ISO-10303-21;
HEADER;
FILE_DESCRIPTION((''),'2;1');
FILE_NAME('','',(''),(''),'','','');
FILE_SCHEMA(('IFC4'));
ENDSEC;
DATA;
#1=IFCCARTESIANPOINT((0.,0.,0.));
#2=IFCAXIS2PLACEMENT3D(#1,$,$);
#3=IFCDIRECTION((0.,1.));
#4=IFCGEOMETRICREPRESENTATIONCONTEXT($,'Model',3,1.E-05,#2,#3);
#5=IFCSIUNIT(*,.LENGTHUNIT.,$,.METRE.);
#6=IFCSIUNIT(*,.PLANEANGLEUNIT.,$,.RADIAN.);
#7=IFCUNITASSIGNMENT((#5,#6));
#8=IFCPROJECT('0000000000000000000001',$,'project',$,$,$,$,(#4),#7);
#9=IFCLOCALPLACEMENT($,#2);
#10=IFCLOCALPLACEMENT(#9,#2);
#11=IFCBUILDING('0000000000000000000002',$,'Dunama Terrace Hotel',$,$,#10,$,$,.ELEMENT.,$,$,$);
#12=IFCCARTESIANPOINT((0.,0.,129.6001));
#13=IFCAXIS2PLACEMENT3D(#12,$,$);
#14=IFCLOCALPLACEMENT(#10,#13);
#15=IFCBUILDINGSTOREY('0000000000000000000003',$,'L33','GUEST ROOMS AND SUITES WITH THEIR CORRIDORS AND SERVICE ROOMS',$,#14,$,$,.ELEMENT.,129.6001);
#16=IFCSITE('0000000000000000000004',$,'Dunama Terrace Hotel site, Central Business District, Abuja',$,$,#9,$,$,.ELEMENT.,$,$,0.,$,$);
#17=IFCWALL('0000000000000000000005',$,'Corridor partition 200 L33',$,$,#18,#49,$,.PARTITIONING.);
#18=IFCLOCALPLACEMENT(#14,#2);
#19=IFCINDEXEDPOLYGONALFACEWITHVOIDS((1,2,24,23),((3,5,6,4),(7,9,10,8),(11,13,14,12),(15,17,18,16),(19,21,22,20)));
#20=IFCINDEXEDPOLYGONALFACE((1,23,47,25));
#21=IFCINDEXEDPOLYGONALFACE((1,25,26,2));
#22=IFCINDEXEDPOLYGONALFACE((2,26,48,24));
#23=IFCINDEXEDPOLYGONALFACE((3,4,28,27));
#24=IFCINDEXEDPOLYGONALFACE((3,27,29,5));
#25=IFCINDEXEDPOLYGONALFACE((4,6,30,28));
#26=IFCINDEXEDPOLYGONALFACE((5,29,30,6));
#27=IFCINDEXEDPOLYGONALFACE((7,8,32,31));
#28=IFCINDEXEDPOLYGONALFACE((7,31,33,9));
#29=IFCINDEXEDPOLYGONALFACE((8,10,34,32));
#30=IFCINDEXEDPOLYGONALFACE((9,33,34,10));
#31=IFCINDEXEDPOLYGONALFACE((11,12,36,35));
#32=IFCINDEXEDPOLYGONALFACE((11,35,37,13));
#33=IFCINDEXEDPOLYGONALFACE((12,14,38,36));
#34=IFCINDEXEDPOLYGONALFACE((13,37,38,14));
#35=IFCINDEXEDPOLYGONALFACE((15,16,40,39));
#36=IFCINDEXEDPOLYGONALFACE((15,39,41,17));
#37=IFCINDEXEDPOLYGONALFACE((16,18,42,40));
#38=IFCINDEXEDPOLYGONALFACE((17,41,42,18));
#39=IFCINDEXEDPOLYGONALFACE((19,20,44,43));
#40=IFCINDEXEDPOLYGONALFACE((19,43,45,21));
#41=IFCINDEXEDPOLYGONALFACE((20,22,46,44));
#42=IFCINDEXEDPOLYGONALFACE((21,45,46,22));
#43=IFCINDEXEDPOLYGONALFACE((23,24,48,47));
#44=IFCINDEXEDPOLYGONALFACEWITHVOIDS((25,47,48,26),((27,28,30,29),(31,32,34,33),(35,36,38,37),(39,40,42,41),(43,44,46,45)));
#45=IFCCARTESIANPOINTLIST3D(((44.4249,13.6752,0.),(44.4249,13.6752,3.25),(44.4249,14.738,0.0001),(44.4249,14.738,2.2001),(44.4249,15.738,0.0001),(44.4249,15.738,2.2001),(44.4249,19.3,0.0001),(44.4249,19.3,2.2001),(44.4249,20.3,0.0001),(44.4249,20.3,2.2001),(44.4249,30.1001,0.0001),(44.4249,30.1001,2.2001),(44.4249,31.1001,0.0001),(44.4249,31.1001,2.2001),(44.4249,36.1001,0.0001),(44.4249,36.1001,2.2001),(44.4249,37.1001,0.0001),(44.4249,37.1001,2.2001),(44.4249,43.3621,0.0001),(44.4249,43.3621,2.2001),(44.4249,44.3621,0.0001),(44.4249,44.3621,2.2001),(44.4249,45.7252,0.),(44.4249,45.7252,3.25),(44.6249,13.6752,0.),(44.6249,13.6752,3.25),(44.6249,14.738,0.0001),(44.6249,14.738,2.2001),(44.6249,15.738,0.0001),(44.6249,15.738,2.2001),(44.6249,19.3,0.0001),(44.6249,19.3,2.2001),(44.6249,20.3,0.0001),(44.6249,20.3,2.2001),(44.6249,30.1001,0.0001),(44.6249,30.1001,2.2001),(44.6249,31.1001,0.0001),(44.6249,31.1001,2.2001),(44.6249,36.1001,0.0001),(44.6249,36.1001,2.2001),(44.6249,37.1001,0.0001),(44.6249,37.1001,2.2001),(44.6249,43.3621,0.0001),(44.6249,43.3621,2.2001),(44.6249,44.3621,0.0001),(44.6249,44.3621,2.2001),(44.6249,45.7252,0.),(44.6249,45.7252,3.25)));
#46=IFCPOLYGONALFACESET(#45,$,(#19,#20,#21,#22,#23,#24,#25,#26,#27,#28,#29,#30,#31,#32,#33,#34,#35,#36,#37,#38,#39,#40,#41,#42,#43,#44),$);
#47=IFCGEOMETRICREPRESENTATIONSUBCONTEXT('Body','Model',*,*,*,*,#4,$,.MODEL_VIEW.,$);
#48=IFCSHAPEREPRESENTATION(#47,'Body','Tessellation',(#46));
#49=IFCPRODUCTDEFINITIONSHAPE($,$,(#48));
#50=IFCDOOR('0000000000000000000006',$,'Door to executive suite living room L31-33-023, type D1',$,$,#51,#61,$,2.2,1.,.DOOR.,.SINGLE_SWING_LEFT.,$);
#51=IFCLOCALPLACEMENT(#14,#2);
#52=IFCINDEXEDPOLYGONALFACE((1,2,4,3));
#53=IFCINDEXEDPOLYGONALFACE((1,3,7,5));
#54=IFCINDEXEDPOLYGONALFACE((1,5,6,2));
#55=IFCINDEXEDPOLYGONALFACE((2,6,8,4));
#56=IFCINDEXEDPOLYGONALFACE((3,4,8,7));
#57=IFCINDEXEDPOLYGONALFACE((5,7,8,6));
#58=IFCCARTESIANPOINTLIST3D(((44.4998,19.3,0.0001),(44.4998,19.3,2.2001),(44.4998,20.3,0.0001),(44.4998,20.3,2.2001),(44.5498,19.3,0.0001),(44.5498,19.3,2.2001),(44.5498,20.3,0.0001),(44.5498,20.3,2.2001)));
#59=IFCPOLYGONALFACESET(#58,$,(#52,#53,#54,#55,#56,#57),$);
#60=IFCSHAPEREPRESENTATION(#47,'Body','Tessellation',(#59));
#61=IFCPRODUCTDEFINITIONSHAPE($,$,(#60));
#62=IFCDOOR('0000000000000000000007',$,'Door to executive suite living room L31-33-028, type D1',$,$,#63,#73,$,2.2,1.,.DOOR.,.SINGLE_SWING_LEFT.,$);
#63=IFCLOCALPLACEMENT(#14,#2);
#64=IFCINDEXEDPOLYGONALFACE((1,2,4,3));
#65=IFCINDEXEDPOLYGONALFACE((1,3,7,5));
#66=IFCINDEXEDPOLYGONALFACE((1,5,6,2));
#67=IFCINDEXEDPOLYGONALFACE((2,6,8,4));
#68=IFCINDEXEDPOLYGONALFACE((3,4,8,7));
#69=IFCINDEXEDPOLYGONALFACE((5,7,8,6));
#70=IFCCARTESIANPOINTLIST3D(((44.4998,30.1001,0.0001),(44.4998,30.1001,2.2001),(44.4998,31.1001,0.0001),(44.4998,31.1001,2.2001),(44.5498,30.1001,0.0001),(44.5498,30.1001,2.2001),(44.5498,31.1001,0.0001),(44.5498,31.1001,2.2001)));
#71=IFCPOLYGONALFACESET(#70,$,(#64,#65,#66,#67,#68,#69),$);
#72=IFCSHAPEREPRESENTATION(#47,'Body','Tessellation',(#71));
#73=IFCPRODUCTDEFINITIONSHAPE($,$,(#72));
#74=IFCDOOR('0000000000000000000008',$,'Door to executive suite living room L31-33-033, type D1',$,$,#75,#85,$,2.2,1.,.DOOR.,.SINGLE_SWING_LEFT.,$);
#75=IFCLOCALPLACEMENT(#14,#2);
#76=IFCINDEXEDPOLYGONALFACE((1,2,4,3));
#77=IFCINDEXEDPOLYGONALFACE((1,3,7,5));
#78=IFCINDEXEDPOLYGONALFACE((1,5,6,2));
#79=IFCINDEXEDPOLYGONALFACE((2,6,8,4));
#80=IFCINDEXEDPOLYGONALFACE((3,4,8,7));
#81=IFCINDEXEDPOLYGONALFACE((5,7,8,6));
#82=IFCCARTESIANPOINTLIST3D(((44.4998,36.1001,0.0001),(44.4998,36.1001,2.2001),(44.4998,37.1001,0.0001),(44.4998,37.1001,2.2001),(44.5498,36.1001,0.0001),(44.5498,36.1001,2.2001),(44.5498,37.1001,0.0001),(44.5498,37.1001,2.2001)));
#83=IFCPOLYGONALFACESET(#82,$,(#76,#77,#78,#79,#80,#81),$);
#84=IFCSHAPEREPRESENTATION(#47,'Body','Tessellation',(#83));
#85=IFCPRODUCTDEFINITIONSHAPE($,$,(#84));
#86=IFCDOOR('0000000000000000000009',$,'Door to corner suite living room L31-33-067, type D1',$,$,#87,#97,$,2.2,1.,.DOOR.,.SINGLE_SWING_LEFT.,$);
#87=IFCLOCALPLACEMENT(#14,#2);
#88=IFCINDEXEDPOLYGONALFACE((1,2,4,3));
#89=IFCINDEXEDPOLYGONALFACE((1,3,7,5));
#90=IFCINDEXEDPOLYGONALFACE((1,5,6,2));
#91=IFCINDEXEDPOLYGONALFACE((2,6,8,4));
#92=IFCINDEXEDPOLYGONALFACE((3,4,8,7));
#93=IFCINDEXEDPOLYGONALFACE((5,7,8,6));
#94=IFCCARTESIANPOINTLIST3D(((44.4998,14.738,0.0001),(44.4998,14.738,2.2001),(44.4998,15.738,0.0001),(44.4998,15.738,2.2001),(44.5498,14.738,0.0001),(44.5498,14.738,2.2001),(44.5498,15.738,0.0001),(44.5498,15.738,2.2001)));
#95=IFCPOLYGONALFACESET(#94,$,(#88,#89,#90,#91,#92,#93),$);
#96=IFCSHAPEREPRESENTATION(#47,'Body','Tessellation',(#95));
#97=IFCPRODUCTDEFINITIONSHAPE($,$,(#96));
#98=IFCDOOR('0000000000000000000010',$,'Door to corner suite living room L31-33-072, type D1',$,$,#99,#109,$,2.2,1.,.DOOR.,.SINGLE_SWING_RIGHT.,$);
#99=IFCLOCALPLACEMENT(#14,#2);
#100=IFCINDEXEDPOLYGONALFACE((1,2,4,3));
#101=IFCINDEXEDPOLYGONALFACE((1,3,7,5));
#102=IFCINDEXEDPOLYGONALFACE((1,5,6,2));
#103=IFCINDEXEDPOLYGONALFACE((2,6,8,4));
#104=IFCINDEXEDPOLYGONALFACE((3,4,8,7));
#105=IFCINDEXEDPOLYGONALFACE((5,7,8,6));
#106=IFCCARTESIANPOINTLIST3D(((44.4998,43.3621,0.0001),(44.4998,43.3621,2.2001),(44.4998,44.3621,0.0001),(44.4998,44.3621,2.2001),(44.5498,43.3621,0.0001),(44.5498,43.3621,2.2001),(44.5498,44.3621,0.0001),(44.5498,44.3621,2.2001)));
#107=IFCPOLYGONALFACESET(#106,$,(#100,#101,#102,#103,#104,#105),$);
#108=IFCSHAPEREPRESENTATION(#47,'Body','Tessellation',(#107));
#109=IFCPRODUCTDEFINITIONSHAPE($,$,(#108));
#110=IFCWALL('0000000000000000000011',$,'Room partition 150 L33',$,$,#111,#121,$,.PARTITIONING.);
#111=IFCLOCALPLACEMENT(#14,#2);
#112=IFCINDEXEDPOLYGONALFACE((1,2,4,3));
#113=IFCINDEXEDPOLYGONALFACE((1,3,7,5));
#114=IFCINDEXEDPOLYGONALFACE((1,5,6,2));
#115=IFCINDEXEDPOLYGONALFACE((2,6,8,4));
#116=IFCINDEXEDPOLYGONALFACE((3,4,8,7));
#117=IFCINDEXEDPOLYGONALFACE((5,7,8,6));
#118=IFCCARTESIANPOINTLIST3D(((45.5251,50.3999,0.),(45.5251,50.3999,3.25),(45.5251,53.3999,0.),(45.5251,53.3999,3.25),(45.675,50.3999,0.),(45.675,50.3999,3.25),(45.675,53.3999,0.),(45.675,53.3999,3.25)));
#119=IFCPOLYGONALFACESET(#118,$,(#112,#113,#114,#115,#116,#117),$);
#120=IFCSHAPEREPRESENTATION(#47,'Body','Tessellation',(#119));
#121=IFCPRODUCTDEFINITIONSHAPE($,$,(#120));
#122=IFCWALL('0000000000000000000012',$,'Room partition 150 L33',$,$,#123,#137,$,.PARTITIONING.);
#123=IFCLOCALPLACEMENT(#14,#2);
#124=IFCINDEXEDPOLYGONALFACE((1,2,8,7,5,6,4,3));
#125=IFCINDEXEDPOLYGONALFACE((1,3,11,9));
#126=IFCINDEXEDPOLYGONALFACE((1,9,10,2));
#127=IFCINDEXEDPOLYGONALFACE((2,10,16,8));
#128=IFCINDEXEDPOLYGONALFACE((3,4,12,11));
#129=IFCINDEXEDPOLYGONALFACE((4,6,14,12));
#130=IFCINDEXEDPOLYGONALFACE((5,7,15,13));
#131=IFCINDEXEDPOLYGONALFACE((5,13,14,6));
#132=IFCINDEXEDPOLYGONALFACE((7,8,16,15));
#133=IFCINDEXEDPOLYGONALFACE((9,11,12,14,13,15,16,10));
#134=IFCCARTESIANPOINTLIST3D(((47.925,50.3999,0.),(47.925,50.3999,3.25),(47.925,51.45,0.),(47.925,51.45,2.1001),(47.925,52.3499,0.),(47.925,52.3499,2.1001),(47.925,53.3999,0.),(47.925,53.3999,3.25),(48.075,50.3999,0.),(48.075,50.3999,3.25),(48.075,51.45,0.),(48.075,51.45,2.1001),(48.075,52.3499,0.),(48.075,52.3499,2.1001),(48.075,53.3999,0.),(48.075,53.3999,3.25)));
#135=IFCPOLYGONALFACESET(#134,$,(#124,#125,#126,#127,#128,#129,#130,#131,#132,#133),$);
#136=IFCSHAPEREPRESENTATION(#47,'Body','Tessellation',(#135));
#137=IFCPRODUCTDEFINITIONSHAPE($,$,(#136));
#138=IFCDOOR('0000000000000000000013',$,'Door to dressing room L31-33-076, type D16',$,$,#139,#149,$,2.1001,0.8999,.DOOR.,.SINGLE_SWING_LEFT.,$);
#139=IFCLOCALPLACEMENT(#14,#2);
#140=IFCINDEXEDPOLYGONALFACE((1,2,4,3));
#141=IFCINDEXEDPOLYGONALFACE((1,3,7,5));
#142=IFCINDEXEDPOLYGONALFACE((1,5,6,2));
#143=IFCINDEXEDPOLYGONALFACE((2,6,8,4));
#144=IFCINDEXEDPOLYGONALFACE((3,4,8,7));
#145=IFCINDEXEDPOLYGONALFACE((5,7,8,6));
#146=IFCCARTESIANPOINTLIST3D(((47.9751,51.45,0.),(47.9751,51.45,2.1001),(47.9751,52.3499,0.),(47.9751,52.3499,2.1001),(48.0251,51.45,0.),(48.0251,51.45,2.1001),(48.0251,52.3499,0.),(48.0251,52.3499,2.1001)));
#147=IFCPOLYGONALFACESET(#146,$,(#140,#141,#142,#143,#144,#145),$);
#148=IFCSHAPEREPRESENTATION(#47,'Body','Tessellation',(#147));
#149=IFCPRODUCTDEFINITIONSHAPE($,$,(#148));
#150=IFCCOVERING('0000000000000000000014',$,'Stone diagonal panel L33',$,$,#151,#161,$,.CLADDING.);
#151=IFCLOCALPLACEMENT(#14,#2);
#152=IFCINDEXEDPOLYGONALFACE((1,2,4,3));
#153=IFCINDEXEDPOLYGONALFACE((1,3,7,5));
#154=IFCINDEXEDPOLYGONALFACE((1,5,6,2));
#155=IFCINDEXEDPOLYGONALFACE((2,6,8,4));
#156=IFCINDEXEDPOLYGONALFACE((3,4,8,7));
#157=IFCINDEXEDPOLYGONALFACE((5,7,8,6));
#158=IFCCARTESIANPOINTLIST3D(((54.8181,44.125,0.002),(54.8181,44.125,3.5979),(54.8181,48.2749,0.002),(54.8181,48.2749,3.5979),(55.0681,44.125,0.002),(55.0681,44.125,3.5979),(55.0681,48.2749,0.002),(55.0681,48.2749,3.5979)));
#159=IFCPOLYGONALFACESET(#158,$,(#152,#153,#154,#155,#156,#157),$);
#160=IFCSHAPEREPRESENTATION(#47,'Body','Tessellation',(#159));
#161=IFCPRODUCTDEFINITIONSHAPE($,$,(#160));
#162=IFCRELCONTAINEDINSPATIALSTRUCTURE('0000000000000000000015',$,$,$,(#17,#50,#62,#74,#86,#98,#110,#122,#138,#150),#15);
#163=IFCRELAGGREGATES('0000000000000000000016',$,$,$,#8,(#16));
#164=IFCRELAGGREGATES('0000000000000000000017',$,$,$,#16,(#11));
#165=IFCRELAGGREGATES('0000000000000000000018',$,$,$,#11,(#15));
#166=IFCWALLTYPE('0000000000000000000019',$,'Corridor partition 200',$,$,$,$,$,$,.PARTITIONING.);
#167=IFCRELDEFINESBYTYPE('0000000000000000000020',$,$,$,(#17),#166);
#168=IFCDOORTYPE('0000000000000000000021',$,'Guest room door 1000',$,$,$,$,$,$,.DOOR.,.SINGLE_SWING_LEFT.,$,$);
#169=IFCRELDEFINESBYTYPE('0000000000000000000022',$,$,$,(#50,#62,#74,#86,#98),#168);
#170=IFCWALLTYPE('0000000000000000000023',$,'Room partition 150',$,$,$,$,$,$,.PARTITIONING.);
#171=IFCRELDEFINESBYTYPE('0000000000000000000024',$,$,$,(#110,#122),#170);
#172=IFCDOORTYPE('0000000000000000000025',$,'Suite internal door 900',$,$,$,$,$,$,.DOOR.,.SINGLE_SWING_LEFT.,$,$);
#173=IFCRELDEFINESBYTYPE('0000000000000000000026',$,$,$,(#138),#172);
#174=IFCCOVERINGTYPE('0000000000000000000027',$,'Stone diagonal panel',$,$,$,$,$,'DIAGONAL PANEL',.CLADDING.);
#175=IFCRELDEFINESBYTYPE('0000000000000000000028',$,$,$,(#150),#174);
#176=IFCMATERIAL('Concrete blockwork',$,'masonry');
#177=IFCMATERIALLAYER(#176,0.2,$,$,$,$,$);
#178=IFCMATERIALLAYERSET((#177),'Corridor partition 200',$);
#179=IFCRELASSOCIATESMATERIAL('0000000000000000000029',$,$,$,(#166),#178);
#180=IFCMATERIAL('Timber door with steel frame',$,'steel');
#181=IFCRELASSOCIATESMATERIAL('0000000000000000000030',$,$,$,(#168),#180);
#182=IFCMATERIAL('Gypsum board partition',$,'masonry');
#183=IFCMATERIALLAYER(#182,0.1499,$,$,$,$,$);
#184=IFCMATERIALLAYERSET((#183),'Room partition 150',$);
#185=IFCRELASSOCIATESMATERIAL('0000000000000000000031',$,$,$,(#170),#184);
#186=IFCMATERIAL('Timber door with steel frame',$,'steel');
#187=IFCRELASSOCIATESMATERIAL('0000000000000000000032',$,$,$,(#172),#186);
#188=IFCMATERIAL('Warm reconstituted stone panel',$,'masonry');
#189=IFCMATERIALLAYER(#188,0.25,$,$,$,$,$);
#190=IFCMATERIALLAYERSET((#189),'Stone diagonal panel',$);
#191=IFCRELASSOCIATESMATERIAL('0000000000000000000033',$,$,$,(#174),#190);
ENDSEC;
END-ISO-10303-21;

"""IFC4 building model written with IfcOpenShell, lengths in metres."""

from ifc_helpers import new_model, si_unit, direction, frame, frame_2d, origin, origin_2d, place, context, subcontext, project, spatial, rectangle, extrude, material, layer, layer_set, type_object, element, fill, save


model = new_model("IFC4")

# Units and contexts
model_context = context("Model", 3, precision=1e-05, world=origin(), true_north=direction((0.0, 1.0)))
body_context = subcontext(model_context, "Body", "Model", "MODEL_VIEW")
ifc_project = project(units=[si_unit("LENGTHUNIT", "METRE"), si_unit("PLANEANGLEUNIT", "RADIAN")], contexts=[model_context])

# Site, building, storey
site_placement = place(None, origin())
site = spatial("IfcSite", under=ifc_project, at=site_placement, Name="Dunama Terrace Hotel site, Central Business District, Abuja", CompositionType="ELEMENT", RefElevation=0.0)
building_placement = place(site_placement, origin())
building = spatial("IfcBuilding", under=site, at=building_placement, Name="Dunama Terrace Hotel", CompositionType="ELEMENT")
storey_placement = place(building_placement, frame((0.0, 0.0, 129.6001)))
storey = spatial("IfcBuildingStorey", under=building, at=storey_placement, Name="L33", Description="GUEST ROOMS AND SUITES WITH THEIR CORRIDORS AND SERVICE ROOMS", CompositionType="ELEMENT", Elevation=129.6001)

# Wall, openings, doors
ifc_material_1 = material(Name="Concrete blockwork", Category="masonry")
ifc_layer_1 = layer(ifc_material_1, 0.2)
ifc_layer_set_1 = layer_set([ifc_layer_1], Name="Corridor partition 200")
wall_type_1 = type_object("IfcWallType", Name="Corridor partition 200", PredefinedType="PARTITIONING", material=ifc_layer_set_1)
wall_1_placement = place(storey_placement, frame((44.5249, 45.7251, 0.0), z_axis=(0.0, 0.0, 1.0), x_axis=(0.0, -1.0, 0.0)))
wall_1 = element("IfcWall", 1, at=wall_1_placement, inside=storey, type_object=wall_type_1, Name="Corridor partition 200 L33", PredefinedType="PARTITIONING", context=body_context, shape_type="SweptSolid", body=[
    extrude(rectangle(XDim=32.05, YDim=0.2, at=frame_2d((16.0249, 0.0))), origin(), (0.0, 0.0, 1.0), 3.25),
])
opening_1_placement = place(wall_1_placement, frame((25.425, 0.0, 0.0)))
opening_1 = element("IfcOpeningElement", 2, at=opening_1_placement, cuts=wall_1, PredefinedType="OPENING", context=body_context, shape_type="SweptSolid", body=[
    extrude(rectangle(XDim=1.0, YDim=2.2, at=frame_2d((0.5, 1.1001))), frame((0.0, 0.1099, 0.0), z_axis=(0.0, -1.0, 0.0), x_axis=(1.0, 0.0, 0.0)), (0.0, 0.0, 1.0), 0.22),
])
opening_2_placement = place(wall_1_placement, frame((14.625, 0.0, 0.0)))
opening_2 = element("IfcOpeningElement", 3, at=opening_2_placement, cuts=wall_1, PredefinedType="OPENING", context=body_context, shape_type="SweptSolid", body=[
    extrude(rectangle(XDim=1.0, YDim=2.2, at=frame_2d((0.5, 1.1001))), frame((0.0, 0.1099, 0.0), z_axis=(0.0, -1.0, 0.0), x_axis=(1.0, 0.0, 0.0)), (0.0, 0.0, 1.0), 0.22),
])
opening_3_placement = place(wall_1_placement, frame((8.625, 0.0, 0.0)))
opening_3 = element("IfcOpeningElement", 4, at=opening_3_placement, cuts=wall_1, PredefinedType="OPENING", context=body_context, shape_type="SweptSolid", body=[
    extrude(rectangle(XDim=1.0, YDim=2.2, at=frame_2d((0.5, 1.1001))), frame((0.0, 0.1099, 0.0), z_axis=(0.0, -1.0, 0.0), x_axis=(1.0, 0.0, 0.0)), (0.0, 0.0, 1.0), 0.22),
])
opening_4_placement = place(wall_1_placement, frame((29.9871, 0.0, 0.0)))
opening_4 = element("IfcOpeningElement", 5, at=opening_4_placement, cuts=wall_1, PredefinedType="OPENING", context=body_context, shape_type="SweptSolid", body=[
    extrude(rectangle(XDim=1.0, YDim=2.2, at=frame_2d((0.5, 1.1001))), frame((0.0, 0.1099, 0.0), z_axis=(0.0, -1.0, 0.0), x_axis=(1.0, 0.0, 0.0)), (0.0, 0.0, 1.0), 0.22),
])
opening_5_placement = place(wall_1_placement, frame((1.363, 0.0, 0.0)))
opening_5 = element("IfcOpeningElement", 6, at=opening_5_placement, cuts=wall_1, PredefinedType="OPENING", context=body_context, shape_type="SweptSolid", body=[
    extrude(rectangle(XDim=1.0, YDim=2.2, at=frame_2d((0.5, 1.1001))), frame((0.0, 0.1099, 0.0), z_axis=(0.0, -1.0, 0.0), x_axis=(1.0, 0.0, 0.0)), (0.0, 0.0, 1.0), 0.22),
])
ifc_material_2 = material(Name="Timber door with steel frame", Category="steel")
door_type_1 = type_object("IfcDoorType", Name="Guest room door 1000", OperationType="SINGLE_SWING_LEFT", PredefinedType="DOOR", material=ifc_material_2)
door_1_placement = place(opening_1_placement, origin())
door_1 = element("IfcDoor", 7, at=door_1_placement, inside=storey, type_object=door_type_1, Name="Door to executive suite living room L31-33-023, type D1", OperationType="SINGLE_SWING_LEFT", OverallHeight=2.2, OverallWidth=1.0, PredefinedType="DOOR", context=body_context, shape_type="SweptSolid", body=[
    extrude(rectangle(XDim=1.0, YDim=2.2, at=frame_2d((0.5, 1.1001))), frame((0.0, 0.0249, 0.0), z_axis=(0.0, -1.0, 0.0), x_axis=(1.0, 0.0, 0.0)), (0.0, 0.0, 1.0), 0.05),
])
fill(opening_1, door_1)
door_2_placement = place(opening_2_placement, origin())
door_2 = element("IfcDoor", 8, at=door_2_placement, inside=storey, type_object=door_type_1, Name="Door to executive suite living room L31-33-028, type D1", OperationType="SINGLE_SWING_LEFT", OverallHeight=2.2, OverallWidth=1.0, PredefinedType="DOOR", context=body_context, shape_type="SweptSolid", body=[
    extrude(rectangle(XDim=1.0, YDim=2.2, at=frame_2d((0.5, 1.1001))), frame((0.0, 0.0249, 0.0), z_axis=(0.0, -1.0, 0.0), x_axis=(1.0, 0.0, 0.0)), (0.0, 0.0, 1.0), 0.05),
])
fill(opening_2, door_2)
door_3_placement = place(opening_3_placement, origin())
door_3 = element("IfcDoor", 9, at=door_3_placement, inside=storey, type_object=door_type_1, Name="Door to executive suite living room L31-33-033, type D1", OperationType="SINGLE_SWING_LEFT", OverallHeight=2.2, OverallWidth=1.0, PredefinedType="DOOR", context=body_context, shape_type="SweptSolid", body=[
    extrude(rectangle(XDim=1.0, YDim=2.2, at=frame_2d((0.5, 1.1001))), frame((0.0, 0.0249, 0.0), z_axis=(0.0, -1.0, 0.0), x_axis=(1.0, 0.0, 0.0)), (0.0, 0.0, 1.0), 0.05),
])
fill(opening_3, door_3)
door_4_placement = place(opening_4_placement, origin())
door_4 = element("IfcDoor", 10, at=door_4_placement, inside=storey, type_object=door_type_1, Name="Door to corner suite living room L31-33-067, type D1", OperationType="SINGLE_SWING_LEFT", OverallHeight=2.2, OverallWidth=1.0, PredefinedType="DOOR", context=body_context, shape_type="SweptSolid", body=[
    extrude(rectangle(XDim=1.0, YDim=2.2, at=frame_2d((0.5, 1.1001))), frame((0.0, 0.0249, 0.0), z_axis=(0.0, -1.0, 0.0), x_axis=(1.0, 0.0, 0.0)), (0.0, 0.0, 1.0), 0.05),
])
fill(opening_4, door_4)
door_5_placement = place(opening_5_placement, origin())
door_5 = element("IfcDoor", 11, at=door_5_placement, inside=storey, type_object=door_type_1, Name="Door to corner suite living room L31-33-072, type D1", OperationType="SINGLE_SWING_RIGHT", OverallHeight=2.2, OverallWidth=1.0, PredefinedType="DOOR", context=body_context, shape_type="SweptSolid", body=[
    extrude(rectangle(XDim=1.0, YDim=2.2, at=frame_2d((0.5, 1.1001))), frame((0.0, 0.0249, 0.0), z_axis=(0.0, -1.0, 0.0), x_axis=(1.0, 0.0, 0.0)), (0.0, 0.0, 1.0), 0.05),
])
fill(opening_5, door_5)

# Wall
ifc_material_3 = material(Name="Gypsum board partition", Category="masonry")
ifc_layer_2 = layer(ifc_material_3, 0.1499)
ifc_layer_set_2 = layer_set([ifc_layer_2], Name="Room partition 150")
wall_type_2 = type_object("IfcWallType", Name="Room partition 150", PredefinedType="PARTITIONING", material=ifc_layer_set_2)
wall_2_placement = place(storey_placement, frame((45.6001, 50.3999, 0.0), z_axis=(0.0, 0.0, 1.0), x_axis=(0.0, 1.0, 0.0)))
element("IfcWall", 12, at=wall_2_placement, inside=storey, type_object=wall_type_2, Name="Room partition 150 L33", PredefinedType="PARTITIONING", context=body_context, shape_type="SweptSolid", body=[
    extrude(rectangle(XDim=3.0, YDim=0.1499, at=frame_2d((1.5, 0.0))), origin(), (0.0, 0.0, 1.0), 3.25),
])

# Wall, opening, door
wall_3_placement = place(storey_placement, frame((48.0, 50.3999, 0.0), z_axis=(0.0, 0.0, 1.0), x_axis=(0.0, 1.0, 0.0)))
wall_3 = element("IfcWall", 13, at=wall_3_placement, inside=storey, type_object=wall_type_2, Name="Room partition 150 L33", PredefinedType="PARTITIONING", context=body_context, shape_type="SweptSolid", body=[
    extrude(rectangle(XDim=3.0, YDim=0.1499, at=frame_2d((1.5, 0.0))), origin(), (0.0, 0.0, 1.0), 3.25),
])
opening_6_placement = place(wall_3_placement, frame((1.05, 0.0, 0.0)))
opening_6 = element("IfcOpeningElement", 14, at=opening_6_placement, cuts=wall_3, PredefinedType="OPENING", context=body_context, shape_type="SweptSolid", body=[
    extrude(rectangle(XDim=0.8999, YDim=2.1001, at=frame_2d((0.45, 1.05))), frame((0.0, 0.085, 0.0), z_axis=(0.0, -1.0, 0.0), x_axis=(1.0, 0.0, 0.0)), (0.0, 0.0, 1.0), 0.1699),
])
ifc_material_4 = material(Name="Timber door with steel frame", Category="steel")
door_type_2 = type_object("IfcDoorType", Name="Suite internal door 900", OperationType="SINGLE_SWING_LEFT", PredefinedType="DOOR", material=ifc_material_4)
door_6_placement = place(opening_6_placement, origin())
door_6 = element("IfcDoor", 15, at=door_6_placement, inside=storey, type_object=door_type_2, Name="Door to dressing room L31-33-076, type D16", OperationType="SINGLE_SWING_LEFT", OverallHeight=2.1001, OverallWidth=0.8999, PredefinedType="DOOR", context=body_context, shape_type="SweptSolid", body=[
    extrude(rectangle(XDim=0.8999, YDim=2.1001, at=frame_2d((0.45, 1.05))), frame((0.0, 0.0249, 0.0), z_axis=(0.0, -1.0, 0.0), x_axis=(1.0, 0.0, 0.0)), (0.0, 0.0, 1.0), 0.05),
])
fill(opening_6, door_6)

# Covering
ifc_material_5 = material(Name="Warm reconstituted stone panel", Category="masonry")
ifc_layer_3 = layer(ifc_material_5, 0.25)
ifc_layer_set_3 = layer_set([ifc_layer_3], Name="Stone diagonal panel")
covering_type = type_object("IfcCoveringType", Name="Stone diagonal panel", ElementType="DIAGONAL PANEL", PredefinedType="CLADDING", material=ifc_layer_set_3)
covering_placement = place(storey_placement, frame((54.9431, 46.2, 0.002), z_axis=(0.0, 0.0, 1.0), x_axis=(0.0, 1.0, 0.0)))
element("IfcCovering", 16, at=covering_placement, inside=storey, type_object=covering_type, Name="Stone diagonal panel L33", PredefinedType="CLADDING", context=body_context, shape_type="SweptSolid", body=[
    extrude(rectangle(XDim=4.1499, YDim=0.25, at=origin_2d()), origin(), (0.0, 0.0, 1.0), 3.5959),
])

save(model, "model.ifc")
